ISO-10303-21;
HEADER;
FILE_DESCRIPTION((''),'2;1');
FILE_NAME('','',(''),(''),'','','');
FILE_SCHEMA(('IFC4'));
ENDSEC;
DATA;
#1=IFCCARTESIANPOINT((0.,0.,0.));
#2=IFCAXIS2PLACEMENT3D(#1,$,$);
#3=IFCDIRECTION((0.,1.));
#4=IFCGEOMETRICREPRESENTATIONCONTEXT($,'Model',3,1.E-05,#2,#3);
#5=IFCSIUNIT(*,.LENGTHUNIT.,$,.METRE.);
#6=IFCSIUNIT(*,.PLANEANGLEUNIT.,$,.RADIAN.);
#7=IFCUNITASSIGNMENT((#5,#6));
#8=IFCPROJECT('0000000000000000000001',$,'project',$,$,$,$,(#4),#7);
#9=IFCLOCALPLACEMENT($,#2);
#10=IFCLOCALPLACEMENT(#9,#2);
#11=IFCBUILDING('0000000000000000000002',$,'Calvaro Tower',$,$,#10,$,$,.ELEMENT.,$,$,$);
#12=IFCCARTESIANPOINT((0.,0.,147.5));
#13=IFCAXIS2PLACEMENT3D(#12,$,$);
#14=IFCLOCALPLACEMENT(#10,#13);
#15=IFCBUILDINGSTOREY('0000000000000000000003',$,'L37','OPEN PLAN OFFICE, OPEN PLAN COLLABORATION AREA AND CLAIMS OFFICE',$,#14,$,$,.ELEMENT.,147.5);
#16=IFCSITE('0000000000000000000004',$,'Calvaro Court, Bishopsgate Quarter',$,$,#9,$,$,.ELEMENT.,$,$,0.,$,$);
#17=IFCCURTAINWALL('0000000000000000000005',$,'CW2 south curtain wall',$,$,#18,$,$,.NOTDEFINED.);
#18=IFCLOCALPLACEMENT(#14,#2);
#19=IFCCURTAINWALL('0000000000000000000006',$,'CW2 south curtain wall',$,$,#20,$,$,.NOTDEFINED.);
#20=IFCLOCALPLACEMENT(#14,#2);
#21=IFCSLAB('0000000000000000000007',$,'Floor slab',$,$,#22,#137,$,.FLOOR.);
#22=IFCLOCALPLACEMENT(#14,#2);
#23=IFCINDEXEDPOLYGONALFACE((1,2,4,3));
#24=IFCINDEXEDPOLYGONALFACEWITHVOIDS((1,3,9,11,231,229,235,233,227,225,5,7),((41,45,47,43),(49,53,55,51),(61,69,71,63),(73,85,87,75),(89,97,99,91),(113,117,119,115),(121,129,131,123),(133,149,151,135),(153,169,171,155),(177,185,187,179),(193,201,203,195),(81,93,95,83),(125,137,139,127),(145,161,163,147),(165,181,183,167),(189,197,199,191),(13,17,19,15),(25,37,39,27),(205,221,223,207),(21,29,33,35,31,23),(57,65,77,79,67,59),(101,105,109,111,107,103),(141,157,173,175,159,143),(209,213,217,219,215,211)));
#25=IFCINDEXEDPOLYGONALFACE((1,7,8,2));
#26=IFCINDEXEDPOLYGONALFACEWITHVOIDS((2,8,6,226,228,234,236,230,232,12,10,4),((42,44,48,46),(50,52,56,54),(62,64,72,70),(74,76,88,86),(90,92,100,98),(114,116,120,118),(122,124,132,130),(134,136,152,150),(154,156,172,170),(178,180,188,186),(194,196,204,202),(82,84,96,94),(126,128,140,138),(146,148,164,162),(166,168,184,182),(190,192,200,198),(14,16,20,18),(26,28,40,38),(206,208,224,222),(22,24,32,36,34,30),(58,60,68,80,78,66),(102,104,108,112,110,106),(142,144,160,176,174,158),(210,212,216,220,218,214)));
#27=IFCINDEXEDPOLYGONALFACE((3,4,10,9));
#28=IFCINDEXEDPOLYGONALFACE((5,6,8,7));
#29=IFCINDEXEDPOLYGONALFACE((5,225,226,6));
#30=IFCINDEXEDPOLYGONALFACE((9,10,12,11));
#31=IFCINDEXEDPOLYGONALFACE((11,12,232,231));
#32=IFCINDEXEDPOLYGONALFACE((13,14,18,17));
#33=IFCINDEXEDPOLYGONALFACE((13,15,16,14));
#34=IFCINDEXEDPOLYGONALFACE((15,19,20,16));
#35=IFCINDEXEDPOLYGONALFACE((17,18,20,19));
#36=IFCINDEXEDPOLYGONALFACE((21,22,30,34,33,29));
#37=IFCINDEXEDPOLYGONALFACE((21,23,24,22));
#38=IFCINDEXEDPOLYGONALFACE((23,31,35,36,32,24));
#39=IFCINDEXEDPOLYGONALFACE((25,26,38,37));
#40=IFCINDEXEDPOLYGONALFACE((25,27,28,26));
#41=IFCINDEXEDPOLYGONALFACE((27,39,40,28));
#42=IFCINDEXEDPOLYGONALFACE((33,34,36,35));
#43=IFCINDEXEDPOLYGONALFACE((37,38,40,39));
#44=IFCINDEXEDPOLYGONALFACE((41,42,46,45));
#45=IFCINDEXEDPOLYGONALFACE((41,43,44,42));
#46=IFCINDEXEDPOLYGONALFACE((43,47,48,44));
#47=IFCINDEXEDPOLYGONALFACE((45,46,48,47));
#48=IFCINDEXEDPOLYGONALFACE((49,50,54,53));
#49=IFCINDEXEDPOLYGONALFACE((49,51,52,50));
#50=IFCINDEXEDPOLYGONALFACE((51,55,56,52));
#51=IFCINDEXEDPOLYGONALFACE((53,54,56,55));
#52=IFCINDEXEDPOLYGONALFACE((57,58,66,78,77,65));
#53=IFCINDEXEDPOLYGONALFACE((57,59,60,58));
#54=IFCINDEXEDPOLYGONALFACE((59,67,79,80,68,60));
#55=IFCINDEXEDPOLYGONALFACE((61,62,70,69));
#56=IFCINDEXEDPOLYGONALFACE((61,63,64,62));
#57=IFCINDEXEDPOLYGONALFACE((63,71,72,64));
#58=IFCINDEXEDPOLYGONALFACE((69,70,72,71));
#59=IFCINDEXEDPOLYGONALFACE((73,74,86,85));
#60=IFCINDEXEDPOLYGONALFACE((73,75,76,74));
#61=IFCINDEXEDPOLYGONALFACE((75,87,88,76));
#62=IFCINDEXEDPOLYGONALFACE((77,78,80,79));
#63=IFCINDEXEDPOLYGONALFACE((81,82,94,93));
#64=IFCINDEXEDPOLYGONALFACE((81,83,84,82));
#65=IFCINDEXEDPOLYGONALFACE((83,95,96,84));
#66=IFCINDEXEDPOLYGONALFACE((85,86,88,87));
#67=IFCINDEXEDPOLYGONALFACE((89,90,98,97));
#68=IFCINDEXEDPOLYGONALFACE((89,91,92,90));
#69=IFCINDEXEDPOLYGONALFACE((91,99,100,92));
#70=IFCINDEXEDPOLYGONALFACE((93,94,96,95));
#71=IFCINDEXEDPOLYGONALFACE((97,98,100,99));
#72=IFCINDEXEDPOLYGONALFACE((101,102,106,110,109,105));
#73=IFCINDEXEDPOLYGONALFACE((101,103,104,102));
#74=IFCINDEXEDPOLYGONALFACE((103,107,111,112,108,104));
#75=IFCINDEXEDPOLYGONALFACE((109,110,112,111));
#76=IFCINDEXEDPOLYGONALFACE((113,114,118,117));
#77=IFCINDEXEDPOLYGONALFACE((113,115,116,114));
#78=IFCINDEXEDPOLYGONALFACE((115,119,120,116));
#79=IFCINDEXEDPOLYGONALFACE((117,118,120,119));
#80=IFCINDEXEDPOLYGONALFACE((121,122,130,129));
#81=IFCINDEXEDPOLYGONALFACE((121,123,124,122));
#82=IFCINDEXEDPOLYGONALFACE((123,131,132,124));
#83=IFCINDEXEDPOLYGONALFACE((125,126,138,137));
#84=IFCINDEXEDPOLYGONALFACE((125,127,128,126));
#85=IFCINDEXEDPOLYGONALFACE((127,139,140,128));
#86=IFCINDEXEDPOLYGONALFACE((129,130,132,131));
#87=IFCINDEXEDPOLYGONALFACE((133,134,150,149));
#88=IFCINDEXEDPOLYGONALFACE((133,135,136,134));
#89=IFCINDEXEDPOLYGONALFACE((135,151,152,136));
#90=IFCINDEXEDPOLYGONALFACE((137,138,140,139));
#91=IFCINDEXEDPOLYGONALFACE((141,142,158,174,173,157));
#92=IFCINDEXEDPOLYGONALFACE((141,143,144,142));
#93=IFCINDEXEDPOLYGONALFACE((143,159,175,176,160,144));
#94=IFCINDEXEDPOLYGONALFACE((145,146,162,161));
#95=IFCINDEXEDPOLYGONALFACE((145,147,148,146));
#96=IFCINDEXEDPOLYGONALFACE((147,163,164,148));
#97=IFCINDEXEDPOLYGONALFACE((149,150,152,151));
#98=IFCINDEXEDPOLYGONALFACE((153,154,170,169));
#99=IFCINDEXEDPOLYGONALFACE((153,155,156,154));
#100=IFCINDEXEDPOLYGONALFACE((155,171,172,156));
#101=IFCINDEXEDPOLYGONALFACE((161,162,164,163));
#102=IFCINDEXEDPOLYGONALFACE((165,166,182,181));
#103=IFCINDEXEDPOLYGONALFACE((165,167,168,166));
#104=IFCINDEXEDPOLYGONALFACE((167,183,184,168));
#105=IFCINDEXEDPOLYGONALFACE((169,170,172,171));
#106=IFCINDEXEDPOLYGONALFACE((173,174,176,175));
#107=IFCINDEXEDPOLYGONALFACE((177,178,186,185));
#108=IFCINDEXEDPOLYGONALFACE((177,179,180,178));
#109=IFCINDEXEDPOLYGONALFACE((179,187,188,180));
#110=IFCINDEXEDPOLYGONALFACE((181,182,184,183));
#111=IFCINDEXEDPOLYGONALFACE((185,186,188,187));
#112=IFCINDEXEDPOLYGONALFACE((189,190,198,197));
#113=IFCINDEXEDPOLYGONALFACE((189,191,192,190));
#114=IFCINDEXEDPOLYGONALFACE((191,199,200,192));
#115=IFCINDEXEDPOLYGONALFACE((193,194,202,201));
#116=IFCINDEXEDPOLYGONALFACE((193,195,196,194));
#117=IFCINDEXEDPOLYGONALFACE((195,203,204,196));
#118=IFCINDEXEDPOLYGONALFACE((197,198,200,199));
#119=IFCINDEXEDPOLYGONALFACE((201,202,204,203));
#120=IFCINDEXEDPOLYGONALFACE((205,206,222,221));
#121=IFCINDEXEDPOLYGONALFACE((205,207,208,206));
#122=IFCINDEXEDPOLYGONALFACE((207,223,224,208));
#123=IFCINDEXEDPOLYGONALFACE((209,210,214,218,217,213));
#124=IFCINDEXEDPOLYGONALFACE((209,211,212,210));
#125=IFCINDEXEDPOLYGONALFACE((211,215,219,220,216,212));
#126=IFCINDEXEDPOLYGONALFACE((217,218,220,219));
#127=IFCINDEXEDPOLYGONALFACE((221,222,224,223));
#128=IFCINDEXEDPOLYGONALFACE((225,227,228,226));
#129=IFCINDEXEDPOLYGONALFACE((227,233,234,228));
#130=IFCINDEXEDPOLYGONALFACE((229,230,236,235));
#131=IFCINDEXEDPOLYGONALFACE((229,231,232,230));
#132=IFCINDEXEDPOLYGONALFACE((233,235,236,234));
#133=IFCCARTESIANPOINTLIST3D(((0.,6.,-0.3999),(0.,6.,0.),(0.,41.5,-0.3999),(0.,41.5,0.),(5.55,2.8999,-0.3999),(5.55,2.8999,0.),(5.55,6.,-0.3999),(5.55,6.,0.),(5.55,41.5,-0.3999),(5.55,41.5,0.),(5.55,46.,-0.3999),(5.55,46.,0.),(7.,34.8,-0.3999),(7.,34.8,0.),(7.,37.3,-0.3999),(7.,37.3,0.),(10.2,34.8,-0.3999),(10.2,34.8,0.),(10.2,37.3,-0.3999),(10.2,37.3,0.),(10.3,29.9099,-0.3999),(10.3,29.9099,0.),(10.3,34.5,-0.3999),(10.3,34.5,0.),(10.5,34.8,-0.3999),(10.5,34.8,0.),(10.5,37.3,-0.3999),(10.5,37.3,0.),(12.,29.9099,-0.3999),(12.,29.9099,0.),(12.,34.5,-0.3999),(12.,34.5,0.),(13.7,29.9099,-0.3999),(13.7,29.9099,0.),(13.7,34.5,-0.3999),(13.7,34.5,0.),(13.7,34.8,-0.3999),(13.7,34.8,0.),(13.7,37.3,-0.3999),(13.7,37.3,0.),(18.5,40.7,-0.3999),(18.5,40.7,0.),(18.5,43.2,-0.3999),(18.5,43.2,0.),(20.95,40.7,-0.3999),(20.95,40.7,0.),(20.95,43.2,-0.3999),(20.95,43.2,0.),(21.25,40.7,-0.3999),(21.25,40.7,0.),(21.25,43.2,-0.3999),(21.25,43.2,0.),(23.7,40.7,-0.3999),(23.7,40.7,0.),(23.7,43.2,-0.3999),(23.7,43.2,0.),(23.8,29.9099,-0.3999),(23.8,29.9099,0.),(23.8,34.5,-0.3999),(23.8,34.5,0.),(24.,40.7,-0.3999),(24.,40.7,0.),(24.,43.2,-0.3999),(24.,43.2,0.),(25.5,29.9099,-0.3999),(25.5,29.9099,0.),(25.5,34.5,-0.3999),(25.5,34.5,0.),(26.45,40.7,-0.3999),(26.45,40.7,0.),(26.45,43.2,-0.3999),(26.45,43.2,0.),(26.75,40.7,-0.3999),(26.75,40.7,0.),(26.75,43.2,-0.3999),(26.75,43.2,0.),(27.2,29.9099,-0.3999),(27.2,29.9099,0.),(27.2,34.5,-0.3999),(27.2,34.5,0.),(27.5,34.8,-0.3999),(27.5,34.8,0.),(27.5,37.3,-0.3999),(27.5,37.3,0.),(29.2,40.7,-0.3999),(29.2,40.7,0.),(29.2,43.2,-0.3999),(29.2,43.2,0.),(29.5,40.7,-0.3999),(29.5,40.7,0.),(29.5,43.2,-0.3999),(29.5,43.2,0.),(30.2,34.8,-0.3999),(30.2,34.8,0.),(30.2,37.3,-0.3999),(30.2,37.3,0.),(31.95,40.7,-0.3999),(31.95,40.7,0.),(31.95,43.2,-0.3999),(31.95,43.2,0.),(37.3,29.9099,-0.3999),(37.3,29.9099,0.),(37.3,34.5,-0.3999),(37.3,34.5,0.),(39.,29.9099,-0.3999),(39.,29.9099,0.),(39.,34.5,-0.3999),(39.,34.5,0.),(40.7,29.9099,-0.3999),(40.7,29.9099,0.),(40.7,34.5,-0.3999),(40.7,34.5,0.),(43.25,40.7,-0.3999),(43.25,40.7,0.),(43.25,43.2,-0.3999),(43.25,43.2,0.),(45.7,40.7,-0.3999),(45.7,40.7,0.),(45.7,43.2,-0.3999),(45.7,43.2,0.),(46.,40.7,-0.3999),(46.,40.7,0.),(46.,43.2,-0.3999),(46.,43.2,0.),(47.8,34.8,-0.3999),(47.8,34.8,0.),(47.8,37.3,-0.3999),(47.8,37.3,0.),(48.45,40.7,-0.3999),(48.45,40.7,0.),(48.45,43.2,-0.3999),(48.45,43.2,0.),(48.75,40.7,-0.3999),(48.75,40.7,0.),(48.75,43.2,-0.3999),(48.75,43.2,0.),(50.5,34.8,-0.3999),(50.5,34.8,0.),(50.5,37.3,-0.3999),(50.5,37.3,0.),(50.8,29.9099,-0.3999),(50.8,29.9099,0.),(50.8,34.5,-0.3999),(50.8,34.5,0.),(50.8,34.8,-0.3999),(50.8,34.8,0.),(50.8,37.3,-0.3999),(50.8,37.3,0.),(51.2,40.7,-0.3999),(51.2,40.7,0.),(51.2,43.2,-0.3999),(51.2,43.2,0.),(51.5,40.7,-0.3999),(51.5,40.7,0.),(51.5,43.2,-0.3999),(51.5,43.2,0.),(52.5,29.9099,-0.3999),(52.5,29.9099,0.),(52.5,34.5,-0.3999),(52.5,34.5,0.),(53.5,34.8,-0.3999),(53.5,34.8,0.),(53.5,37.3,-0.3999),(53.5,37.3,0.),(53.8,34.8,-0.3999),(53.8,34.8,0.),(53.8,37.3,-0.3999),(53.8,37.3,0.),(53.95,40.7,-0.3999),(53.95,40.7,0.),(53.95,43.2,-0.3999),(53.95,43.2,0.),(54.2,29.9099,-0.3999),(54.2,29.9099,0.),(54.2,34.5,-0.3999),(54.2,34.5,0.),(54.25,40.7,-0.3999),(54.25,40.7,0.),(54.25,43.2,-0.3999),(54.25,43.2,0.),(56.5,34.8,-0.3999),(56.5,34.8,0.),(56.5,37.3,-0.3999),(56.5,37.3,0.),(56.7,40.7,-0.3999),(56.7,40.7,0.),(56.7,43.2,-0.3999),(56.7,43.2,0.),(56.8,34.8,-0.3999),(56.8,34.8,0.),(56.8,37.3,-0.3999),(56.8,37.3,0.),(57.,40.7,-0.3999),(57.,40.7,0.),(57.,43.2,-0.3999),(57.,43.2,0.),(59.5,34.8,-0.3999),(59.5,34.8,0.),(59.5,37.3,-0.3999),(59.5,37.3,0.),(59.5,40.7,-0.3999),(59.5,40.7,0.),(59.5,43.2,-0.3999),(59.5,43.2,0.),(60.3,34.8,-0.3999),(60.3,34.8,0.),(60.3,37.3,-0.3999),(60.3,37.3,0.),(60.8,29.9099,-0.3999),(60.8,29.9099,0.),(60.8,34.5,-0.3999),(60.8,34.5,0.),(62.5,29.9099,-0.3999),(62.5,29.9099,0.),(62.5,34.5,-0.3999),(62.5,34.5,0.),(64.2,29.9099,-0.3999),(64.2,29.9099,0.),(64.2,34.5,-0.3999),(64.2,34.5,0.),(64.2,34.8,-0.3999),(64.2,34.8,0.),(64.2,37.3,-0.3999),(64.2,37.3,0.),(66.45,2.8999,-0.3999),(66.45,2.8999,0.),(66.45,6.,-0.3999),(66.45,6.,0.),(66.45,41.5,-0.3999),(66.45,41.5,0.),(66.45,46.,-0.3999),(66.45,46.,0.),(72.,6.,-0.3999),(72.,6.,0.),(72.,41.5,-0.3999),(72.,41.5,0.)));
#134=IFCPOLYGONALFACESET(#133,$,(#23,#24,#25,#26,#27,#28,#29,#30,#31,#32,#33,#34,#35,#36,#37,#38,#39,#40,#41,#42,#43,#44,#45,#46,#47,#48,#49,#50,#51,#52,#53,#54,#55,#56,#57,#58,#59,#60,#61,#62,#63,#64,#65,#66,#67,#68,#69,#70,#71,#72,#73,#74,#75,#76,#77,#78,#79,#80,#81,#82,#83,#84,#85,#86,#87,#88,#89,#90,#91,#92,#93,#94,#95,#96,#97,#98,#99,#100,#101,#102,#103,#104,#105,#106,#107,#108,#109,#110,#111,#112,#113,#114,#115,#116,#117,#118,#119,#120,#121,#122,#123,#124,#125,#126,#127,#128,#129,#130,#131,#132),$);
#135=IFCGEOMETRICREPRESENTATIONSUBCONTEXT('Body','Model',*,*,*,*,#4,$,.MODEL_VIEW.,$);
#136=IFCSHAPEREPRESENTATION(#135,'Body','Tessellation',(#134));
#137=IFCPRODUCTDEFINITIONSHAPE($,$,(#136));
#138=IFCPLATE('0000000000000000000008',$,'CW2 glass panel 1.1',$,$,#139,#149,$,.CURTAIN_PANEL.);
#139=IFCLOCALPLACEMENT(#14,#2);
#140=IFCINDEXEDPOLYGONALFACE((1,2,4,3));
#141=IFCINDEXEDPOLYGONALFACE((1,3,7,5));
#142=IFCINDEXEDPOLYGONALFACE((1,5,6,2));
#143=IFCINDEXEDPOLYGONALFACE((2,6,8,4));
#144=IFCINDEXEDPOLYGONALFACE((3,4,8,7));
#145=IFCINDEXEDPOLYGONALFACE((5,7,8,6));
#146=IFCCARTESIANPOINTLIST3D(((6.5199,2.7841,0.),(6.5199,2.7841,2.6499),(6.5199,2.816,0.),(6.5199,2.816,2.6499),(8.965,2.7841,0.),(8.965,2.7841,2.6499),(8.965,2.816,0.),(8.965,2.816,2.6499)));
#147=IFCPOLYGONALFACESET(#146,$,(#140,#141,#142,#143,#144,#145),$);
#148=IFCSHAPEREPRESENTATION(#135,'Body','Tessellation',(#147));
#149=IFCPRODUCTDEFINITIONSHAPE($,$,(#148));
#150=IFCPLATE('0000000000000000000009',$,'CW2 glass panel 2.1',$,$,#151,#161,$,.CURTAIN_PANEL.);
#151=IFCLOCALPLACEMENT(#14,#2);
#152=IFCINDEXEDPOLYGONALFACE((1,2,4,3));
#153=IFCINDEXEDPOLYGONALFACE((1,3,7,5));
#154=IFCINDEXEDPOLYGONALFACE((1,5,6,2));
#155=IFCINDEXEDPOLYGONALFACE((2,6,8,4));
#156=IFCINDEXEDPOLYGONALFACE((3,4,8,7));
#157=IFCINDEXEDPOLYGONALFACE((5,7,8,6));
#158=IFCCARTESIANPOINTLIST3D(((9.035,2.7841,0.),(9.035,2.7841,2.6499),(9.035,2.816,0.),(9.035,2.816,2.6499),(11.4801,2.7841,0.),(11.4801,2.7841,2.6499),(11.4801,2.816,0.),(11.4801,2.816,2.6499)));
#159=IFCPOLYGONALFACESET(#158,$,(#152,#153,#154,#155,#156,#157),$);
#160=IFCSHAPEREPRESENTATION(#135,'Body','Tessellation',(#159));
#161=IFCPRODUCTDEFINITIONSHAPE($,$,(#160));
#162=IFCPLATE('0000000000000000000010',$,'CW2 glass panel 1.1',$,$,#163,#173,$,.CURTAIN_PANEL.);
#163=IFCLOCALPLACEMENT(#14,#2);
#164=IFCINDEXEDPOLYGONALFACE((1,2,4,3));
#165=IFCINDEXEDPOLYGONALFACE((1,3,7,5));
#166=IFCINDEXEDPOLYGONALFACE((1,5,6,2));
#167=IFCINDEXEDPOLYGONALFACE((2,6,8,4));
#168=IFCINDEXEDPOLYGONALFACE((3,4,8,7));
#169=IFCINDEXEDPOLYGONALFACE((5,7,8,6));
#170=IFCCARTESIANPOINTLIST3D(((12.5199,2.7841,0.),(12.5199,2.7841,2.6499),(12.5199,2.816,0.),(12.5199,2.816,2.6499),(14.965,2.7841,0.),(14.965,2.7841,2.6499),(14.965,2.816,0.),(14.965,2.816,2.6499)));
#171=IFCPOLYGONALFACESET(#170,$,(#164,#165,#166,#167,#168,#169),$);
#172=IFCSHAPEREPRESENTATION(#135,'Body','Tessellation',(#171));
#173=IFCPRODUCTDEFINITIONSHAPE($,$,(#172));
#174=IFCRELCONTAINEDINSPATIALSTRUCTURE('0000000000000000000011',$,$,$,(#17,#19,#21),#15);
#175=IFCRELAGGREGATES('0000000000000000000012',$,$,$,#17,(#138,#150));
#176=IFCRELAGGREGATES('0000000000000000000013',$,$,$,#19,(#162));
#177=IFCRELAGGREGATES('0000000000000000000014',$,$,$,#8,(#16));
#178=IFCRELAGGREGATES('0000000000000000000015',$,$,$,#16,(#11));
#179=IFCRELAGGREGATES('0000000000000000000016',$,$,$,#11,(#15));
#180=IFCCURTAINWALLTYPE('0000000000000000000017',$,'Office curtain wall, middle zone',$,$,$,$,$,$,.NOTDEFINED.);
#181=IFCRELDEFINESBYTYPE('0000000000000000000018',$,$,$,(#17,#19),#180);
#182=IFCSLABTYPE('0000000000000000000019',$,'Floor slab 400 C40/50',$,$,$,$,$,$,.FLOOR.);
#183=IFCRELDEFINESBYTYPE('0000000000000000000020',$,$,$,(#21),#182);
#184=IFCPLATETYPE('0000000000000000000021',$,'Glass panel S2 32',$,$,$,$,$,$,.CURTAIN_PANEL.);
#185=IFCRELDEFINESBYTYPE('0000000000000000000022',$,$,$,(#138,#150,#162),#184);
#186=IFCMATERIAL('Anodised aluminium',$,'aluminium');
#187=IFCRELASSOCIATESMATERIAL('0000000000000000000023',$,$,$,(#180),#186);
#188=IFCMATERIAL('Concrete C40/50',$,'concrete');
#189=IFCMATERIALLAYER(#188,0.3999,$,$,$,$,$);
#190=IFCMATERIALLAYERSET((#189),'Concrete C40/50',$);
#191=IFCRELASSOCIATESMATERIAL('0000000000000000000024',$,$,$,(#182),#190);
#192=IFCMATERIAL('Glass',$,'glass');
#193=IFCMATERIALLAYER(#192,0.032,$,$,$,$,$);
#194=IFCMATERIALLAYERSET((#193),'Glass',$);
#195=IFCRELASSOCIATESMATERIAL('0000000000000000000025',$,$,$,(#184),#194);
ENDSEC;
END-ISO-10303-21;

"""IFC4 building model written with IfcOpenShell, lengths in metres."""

from ifc_helpers import new_model, si_unit, direction, frame, origin, origin_2d, place, context, subcontext, project, spatial, polyline, rectangle, outline, extrude, material, layer, layer_set, type_object, element, aggregate, save


model = new_model("IFC4")

# Units and contexts
model_context = context("Model", 3, precision=1e-05, world=origin(), true_north=direction((0.0, 1.0)))
body_context = subcontext(model_context, "Body", "Model", "MODEL_VIEW")
ifc_project = project(units=[si_unit("LENGTHUNIT", "METRE"), si_unit("PLANEANGLEUNIT", "RADIAN")], contexts=[model_context])

# Site, building, storey
site_placement = place(None, origin())
site = spatial("IfcSite", under=ifc_project, at=site_placement, Name="Calvaro Court, Bishopsgate Quarter", CompositionType="ELEMENT", RefElevation=0.0)
building_placement = place(site_placement, origin())
building = spatial("IfcBuilding", under=site, at=building_placement, Name="Calvaro Tower", CompositionType="ELEMENT")
storey_placement = place(building_placement, frame((0.0, 0.0, 147.5)))
storey = spatial("IfcBuildingStorey", under=building, at=storey_placement, Name="L37", Description="OPEN PLAN OFFICE, OPEN PLAN COLLABORATION AREA AND CLAIMS OFFICE", CompositionType="ELEMENT", Elevation=147.5)

# Curtain walls
ifc_material_1 = material(Name="Anodised aluminium", Category="aluminium")
curtain_wall_type = type_object("IfcCurtainWallType", Name="Office curtain wall, middle zone", PredefinedType="NOTDEFINED", material=ifc_material_1)
curtain_wall_1_placement = place(storey_placement, origin())
curtain_wall_1 = element("IfcCurtainWall", 1, at=curtain_wall_1_placement, inside=storey, type_object=curtain_wall_type, Name="CW2 south curtain wall", PredefinedType="NOTDEFINED")
curtain_wall_2_placement = place(storey_placement, origin())
curtain_wall_2 = element("IfcCurtainWall", 2, at=curtain_wall_2_placement, inside=storey, type_object=curtain_wall_type, Name="CW2 south curtain wall", PredefinedType="NOTDEFINED")

# Slab
ifc_material_2 = material(Name="Concrete C40/50", Category="concrete")
ifc_layer_1 = layer(ifc_material_2, 0.3999)
ifc_layer_set_1 = layer_set([ifc_layer_1], Name="Concrete C40/50")
slab_type_1 = type_object("IfcSlabType", Name="Floor slab 400 C40/50", PredefinedType="FLOOR", material=ifc_layer_set_1)
slab_1_placement = place(storey_placement, frame((0.0, 0.0, -0.3999)))
element("IfcSlab", 3, at=slab_1_placement, inside=storey, type_object=slab_type_1, Name="Floor slab", PredefinedType="FLOOR", context=body_context, shape_type="SweptSolid", body=[
    extrude(outline(polyline([(66.45, 6.0), (66.45, 2.8999), (5.55, 2.8999), (5.55, 6.0), (0.0, 6.0), (0.0, 41.5), (5.55, 41.5), (5.55, 46.0), (66.45, 46.0), (66.45, 41.5), (72.0, 41.5), (72.0, 6.0), (66.45, 6.0)]), holes=[polyline([(10.3, 29.9099), (10.3, 34.5), (12.0, 34.5), (13.7, 34.5), (13.7, 29.9099), (12.0, 29.9099), (10.3, 29.9099)]), polyline([(23.8, 29.9099), (23.8, 34.5), (25.5, 34.5), (27.2, 34.5), (27.2, 29.9099), (25.5, 29.9099), (23.8, 29.9099)]), polyline([(37.3, 29.9099), (37.3, 34.5), (39.0, 34.5), (40.7, 34.5), (40.7, 29.9099), (39.0, 29.9099), (37.3, 29.9099)]), polyline([(50.8, 29.9099), (50.8, 34.5), (52.5, 34.5), (54.2, 34.5), (54.2, 29.9099), (52.5, 29.9099), (50.8, 29.9099)]), polyline([(60.8, 29.9099), (60.8, 34.5), (62.5, 34.5), (64.2, 34.5), (64.2, 29.9099), (62.5, 29.9099), (60.8, 29.9099)]), polyline([(50.8, 34.8), (53.5, 34.8), (53.5, 37.3), (50.8, 37.3), (50.8, 34.8)]), polyline([(53.8, 34.8), (56.5, 34.8), (56.5, 37.3), (53.8, 37.3), (53.8, 34.8)]), polyline([(56.8, 34.8), (59.5, 34.8), (59.5, 37.3), (56.8, 37.3), (56.8, 34.8)]), polyline([(18.5, 40.7), (20.95, 40.7), (20.95, 43.2), (18.5, 43.2), (18.5, 40.7)]), polyline([(21.25, 40.7), (23.7, 40.7), (23.7, 43.2), (21.25, 43.2), (21.25, 40.7)]), polyline([(24.0, 40.7), (26.45, 40.7), (26.45, 43.2), (24.0, 43.2), (24.0, 40.7)]), polyline([(26.75, 40.7), (29.2, 40.7), (29.2, 43.2), (26.75, 43.2), (26.75, 40.7)]), polyline([(29.5, 40.7), (31.95, 40.7), (31.95, 43.2), (29.5, 43.2), (29.5, 40.7)]), polyline([(43.25, 40.7), (45.7, 40.7), (45.7, 43.2), (43.25, 43.2), (43.25, 40.7)]), polyline([(46.0, 40.7), (48.45, 40.7), (48.45, 43.2), (46.0, 43.2), (46.0, 40.7)]), polyline([(48.75, 40.7), (51.2, 40.7), (51.2, 43.2), (48.75, 43.2), (48.75, 40.7)]), polyline([(51.5, 40.7), (53.95, 40.7), (53.95, 43.2), (51.5, 43.2), (51.5, 40.7)]), polyline([(54.25, 40.7), (56.7, 40.7), (56.7, 43.2), (54.25, 43.2), (54.25, 40.7)]), polyline([(57.0, 40.7), (59.5, 40.7), (59.5, 43.2), (57.0, 43.2), (57.0, 40.7)]), polyline([(7.0, 34.8), (10.2, 34.8), (10.2, 37.3), (7.0, 37.3), (7.0, 34.8)]), polyline([(10.5, 34.8), (13.7, 34.8), (13.7, 37.3), (10.5, 37.3), (10.5, 34.8)]), polyline([(60.3, 34.8), (64.2, 34.8), (64.2, 37.3), (60.3, 37.3), (60.3, 34.8)]), polyline([(27.5, 34.8), (30.2, 34.8), (30.2, 37.3), (27.5, 37.3), (27.5, 34.8)]), polyline([(47.8, 34.8), (50.5, 34.8), (50.5, 37.3), (47.8, 37.3), (47.8, 34.8)])]), origin(), (0.0, 0.0, 1.0), 0.3999),
])

# Plates
ifc_material_3 = material(Name="Glass", Category="glass")
ifc_layer_2 = layer(ifc_material_3, 0.032)
ifc_layer_set_2 = layer_set([ifc_layer_2], Name="Glass")
plate_type = type_object("IfcPlateType", Name="Glass panel S2 32", PredefinedType="CURTAIN_PANEL", material=ifc_layer_set_2)
plate_1_placement = place(storey_placement, frame((7.7424, 2.8, 0.0), z_axis=(0.0, 0.0, 1.0), x_axis=(1.0, 0.0, 0.0)))
plate_1 = element("IfcPlate", 4, at=plate_1_placement, type_object=plate_type, Name="CW2 glass panel 1.1", PredefinedType="CURTAIN_PANEL", context=body_context, shape_type="SweptSolid", body=[
    extrude(rectangle(XDim=2.4451, YDim=0.032, at=origin_2d()), origin(), (0.0, 0.0, 1.0), 2.6499),
])
plate_2_placement = place(storey_placement, frame((10.2576, 2.8, 0.0), z_axis=(0.0, 0.0, 1.0), x_axis=(1.0, 0.0, 0.0)))
plate_2 = element("IfcPlate", 5, at=plate_2_placement, type_object=plate_type, Name="CW2 glass panel 2.1", PredefinedType="CURTAIN_PANEL", context=body_context, shape_type="SweptSolid", body=[
    extrude(rectangle(XDim=2.4451, YDim=0.032, at=origin_2d()), origin(), (0.0, 0.0, 1.0), 2.6499),
])
aggregate(curtain_wall_1, [plate_1, plate_2])
plate_3_placement = place(storey_placement, frame((13.7424, 2.8, 0.0), z_axis=(0.0, 0.0, 1.0), x_axis=(1.0, 0.0, 0.0)))
plate_3 = element("IfcPlate", 6, at=plate_3_placement, type_object=plate_type, Name="CW2 glass panel 1.1", PredefinedType="CURTAIN_PANEL", context=body_context, shape_type="SweptSolid", body=[
    extrude(rectangle(XDim=2.4451, YDim=0.032, at=origin_2d()), origin(), (0.0, 0.0, 1.0), 2.6499),
])
aggregate(curtain_wall_2, [plate_3])

save(model, "model.ifc")
